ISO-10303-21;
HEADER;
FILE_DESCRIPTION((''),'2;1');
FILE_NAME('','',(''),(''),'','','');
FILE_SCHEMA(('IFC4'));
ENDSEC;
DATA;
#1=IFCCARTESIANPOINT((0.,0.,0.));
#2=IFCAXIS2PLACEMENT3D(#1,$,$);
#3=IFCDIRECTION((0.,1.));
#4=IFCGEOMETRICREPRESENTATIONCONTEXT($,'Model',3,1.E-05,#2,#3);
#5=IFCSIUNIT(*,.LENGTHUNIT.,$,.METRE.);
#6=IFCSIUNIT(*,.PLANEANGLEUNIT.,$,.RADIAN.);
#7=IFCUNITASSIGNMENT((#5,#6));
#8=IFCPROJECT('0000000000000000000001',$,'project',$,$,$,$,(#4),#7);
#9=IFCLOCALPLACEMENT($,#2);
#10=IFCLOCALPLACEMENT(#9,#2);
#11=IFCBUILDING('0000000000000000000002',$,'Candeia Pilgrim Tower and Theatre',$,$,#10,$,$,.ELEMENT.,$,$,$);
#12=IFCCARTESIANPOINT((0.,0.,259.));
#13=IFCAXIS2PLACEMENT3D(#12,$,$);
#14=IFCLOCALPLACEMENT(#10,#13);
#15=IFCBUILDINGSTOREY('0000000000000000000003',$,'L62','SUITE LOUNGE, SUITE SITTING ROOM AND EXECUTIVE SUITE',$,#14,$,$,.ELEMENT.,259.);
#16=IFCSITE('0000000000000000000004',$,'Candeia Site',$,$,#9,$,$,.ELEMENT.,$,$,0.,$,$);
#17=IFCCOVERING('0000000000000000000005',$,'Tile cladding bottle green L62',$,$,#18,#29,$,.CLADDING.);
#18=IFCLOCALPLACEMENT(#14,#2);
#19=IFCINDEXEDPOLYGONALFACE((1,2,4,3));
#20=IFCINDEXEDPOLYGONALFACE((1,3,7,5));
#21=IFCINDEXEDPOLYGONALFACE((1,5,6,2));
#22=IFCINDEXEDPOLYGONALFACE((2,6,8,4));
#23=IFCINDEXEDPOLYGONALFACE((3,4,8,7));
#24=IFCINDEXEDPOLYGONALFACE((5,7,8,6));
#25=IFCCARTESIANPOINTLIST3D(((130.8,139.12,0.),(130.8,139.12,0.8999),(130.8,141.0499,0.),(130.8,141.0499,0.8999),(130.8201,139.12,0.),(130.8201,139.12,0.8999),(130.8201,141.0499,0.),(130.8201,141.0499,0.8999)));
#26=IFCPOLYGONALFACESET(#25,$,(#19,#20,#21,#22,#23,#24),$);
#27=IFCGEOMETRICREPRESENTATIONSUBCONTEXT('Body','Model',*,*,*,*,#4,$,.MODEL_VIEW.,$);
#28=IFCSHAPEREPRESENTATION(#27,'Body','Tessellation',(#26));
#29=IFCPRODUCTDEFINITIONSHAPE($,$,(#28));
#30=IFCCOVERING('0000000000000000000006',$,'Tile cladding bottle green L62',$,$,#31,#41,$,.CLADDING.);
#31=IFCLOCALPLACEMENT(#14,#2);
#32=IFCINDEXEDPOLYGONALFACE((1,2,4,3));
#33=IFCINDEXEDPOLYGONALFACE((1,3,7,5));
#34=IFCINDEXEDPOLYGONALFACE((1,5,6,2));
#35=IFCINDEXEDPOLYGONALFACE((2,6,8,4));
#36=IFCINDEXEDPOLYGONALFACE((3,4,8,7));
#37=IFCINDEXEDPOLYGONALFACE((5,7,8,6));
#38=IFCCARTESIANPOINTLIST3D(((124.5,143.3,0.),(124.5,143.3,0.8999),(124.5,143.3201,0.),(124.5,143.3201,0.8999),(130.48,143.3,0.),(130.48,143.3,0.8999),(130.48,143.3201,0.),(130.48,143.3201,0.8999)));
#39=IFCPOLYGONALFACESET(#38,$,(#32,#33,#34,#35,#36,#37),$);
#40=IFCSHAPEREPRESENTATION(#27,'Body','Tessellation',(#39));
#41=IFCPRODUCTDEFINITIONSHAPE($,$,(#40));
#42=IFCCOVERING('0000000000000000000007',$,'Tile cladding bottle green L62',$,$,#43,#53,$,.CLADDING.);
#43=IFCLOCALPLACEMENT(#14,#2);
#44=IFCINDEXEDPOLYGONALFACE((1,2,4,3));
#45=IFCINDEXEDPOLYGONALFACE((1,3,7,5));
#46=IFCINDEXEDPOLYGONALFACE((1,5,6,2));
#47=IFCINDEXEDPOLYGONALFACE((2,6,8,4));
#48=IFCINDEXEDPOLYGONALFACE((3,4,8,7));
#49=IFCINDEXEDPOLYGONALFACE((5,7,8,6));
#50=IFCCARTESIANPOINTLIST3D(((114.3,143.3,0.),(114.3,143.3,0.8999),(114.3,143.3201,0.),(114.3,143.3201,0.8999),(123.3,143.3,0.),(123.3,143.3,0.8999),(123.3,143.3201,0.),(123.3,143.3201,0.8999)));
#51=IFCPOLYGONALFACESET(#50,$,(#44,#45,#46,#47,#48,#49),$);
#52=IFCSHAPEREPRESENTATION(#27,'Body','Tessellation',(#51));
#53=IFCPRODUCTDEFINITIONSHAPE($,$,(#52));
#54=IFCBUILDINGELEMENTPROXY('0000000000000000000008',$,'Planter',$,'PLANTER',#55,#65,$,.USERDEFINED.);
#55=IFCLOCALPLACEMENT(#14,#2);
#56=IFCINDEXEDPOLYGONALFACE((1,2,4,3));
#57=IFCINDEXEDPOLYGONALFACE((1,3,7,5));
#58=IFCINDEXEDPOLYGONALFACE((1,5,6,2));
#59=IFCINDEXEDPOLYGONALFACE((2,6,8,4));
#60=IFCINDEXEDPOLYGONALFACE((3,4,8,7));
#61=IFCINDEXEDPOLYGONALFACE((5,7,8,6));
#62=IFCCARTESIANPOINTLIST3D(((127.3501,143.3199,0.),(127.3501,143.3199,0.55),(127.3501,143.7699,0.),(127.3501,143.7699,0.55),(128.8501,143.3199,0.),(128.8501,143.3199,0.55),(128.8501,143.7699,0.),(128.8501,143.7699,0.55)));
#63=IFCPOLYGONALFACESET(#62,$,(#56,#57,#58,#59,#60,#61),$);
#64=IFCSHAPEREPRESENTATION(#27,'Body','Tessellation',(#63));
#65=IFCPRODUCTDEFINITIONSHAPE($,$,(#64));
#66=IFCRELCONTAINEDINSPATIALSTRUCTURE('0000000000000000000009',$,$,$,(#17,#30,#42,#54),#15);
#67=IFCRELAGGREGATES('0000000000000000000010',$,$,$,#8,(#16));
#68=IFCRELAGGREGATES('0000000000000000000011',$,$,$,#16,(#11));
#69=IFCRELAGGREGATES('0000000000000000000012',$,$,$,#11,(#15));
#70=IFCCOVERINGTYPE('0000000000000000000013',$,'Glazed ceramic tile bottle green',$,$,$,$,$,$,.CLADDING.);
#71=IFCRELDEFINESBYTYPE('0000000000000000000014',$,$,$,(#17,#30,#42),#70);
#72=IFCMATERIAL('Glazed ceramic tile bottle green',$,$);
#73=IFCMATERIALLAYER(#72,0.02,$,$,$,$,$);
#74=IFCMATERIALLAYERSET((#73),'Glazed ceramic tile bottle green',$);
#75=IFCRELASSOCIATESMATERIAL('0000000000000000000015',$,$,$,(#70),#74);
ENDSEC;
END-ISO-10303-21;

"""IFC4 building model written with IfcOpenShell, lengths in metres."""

from ifc_helpers import new_model, si_unit, direction, frame, origin, origin_2d, place, context, subcontext, project, spatial, rectangle, extrude, material, layer, layer_set, type_object, element, save


model = new_model("IFC4")

# Units and contexts
model_context = context("Model", 3, precision=1e-05, world=origin(), true_north=direction((0.0, 1.0)))
body_context = subcontext(model_context, "Body", "Model", "MODEL_VIEW")
ifc_project = project(units=[si_unit("LENGTHUNIT", "METRE"), si_unit("PLANEANGLEUNIT", "RADIAN")], contexts=[model_context])

# Site, building, storey
site_placement = place(None, origin())
site = spatial("IfcSite", under=ifc_project, at=site_placement, Name="Candeia Site", CompositionType="ELEMENT", RefElevation=0.0)
building_placement = place(site_placement, origin())
building = spatial("IfcBuilding", under=site, at=building_placement, Name="Candeia Pilgrim Tower and Theatre", CompositionType="ELEMENT")
storey_placement = place(building_placement, frame((0.0, 0.0, 259.0)))
storey = spatial("IfcBuildingStorey", under=building, at=storey_placement, Name="L62", Description="SUITE LOUNGE, SUITE SITTING ROOM AND EXECUTIVE SUITE", CompositionType="ELEMENT", Elevation=259.0)

# Coverings
ifc_material_1 = material(Name="Glazed ceramic tile bottle green")
ifc_layer_1 = layer(ifc_material_1, 0.02)
ifc_layer_set_1 = layer_set([ifc_layer_1], Name="Glazed ceramic tile bottle green")
covering_type = type_object("IfcCoveringType", Name="Glazed ceramic tile bottle green", PredefinedType="CLADDING", material=ifc_layer_set_1)
covering_1_placement = place(storey_placement, frame((130.8101, 140.085, 0.0), z_axis=(0.0, 0.0, 1.0), x_axis=(0.0, 1.0, 0.0)))
element("IfcCovering", 1, at=covering_1_placement, inside=storey, type_object=covering_type, Name="Tile cladding bottle green L62", PredefinedType="CLADDING", context=body_context, shape_type="SweptSolid", body=[
    extrude(rectangle(XDim=1.9299, YDim=0.02, at=origin_2d()), origin(), (0.0, 0.0, 1.0), 0.8999),
])
covering_2_placement = place(storey_placement, frame((127.49, 143.3101, 0.0), z_axis=(0.0, 0.0, 1.0), x_axis=(-1.0, 0.0, 0.0)))
element("IfcCovering", 2, at=covering_2_placement, inside=storey, type_object=covering_type, Name="Tile cladding bottle green L62", PredefinedType="CLADDING", context=body_context, shape_type="SweptSolid", body=[
    extrude(rectangle(XDim=5.98, YDim=0.02, at=origin_2d()), origin(), (0.0, 0.0, 1.0), 0.8999),
])
covering_3_placement = place(storey_placement, frame((118.8, 143.3101, 0.0), z_axis=(0.0, 0.0, 1.0), x_axis=(-1.0, 0.0, 0.0)))
element("IfcCovering", 3, at=covering_3_placement, inside=storey, type_object=covering_type, Name="Tile cladding bottle green L62", PredefinedType="CLADDING", context=body_context, shape_type="SweptSolid", body=[
    extrude(rectangle(XDim=9.0, YDim=0.02, at=origin_2d()), origin(), (0.0, 0.0, 1.0), 0.8999),
])

# Building element proxy
proxy_placement = place(storey_placement, frame((128.1001, 143.5449, 0.0), z_axis=(0.0, 0.0, 1.0), x_axis=(-1.0, 0.0, 0.0)))
element("IfcBuildingElementProxy", 4, at=proxy_placement, inside=storey, Name="Planter", ObjectType="PLANTER", PredefinedType="USERDEFINED", context=body_context, shape_type="SweptSolid", body=[
    extrude(rectangle(XDim=1.5, YDim=0.45, at=origin_2d()), origin(), (0.0, 0.0, 1.0), 0.55),
])

save(model, "model.ifc")
